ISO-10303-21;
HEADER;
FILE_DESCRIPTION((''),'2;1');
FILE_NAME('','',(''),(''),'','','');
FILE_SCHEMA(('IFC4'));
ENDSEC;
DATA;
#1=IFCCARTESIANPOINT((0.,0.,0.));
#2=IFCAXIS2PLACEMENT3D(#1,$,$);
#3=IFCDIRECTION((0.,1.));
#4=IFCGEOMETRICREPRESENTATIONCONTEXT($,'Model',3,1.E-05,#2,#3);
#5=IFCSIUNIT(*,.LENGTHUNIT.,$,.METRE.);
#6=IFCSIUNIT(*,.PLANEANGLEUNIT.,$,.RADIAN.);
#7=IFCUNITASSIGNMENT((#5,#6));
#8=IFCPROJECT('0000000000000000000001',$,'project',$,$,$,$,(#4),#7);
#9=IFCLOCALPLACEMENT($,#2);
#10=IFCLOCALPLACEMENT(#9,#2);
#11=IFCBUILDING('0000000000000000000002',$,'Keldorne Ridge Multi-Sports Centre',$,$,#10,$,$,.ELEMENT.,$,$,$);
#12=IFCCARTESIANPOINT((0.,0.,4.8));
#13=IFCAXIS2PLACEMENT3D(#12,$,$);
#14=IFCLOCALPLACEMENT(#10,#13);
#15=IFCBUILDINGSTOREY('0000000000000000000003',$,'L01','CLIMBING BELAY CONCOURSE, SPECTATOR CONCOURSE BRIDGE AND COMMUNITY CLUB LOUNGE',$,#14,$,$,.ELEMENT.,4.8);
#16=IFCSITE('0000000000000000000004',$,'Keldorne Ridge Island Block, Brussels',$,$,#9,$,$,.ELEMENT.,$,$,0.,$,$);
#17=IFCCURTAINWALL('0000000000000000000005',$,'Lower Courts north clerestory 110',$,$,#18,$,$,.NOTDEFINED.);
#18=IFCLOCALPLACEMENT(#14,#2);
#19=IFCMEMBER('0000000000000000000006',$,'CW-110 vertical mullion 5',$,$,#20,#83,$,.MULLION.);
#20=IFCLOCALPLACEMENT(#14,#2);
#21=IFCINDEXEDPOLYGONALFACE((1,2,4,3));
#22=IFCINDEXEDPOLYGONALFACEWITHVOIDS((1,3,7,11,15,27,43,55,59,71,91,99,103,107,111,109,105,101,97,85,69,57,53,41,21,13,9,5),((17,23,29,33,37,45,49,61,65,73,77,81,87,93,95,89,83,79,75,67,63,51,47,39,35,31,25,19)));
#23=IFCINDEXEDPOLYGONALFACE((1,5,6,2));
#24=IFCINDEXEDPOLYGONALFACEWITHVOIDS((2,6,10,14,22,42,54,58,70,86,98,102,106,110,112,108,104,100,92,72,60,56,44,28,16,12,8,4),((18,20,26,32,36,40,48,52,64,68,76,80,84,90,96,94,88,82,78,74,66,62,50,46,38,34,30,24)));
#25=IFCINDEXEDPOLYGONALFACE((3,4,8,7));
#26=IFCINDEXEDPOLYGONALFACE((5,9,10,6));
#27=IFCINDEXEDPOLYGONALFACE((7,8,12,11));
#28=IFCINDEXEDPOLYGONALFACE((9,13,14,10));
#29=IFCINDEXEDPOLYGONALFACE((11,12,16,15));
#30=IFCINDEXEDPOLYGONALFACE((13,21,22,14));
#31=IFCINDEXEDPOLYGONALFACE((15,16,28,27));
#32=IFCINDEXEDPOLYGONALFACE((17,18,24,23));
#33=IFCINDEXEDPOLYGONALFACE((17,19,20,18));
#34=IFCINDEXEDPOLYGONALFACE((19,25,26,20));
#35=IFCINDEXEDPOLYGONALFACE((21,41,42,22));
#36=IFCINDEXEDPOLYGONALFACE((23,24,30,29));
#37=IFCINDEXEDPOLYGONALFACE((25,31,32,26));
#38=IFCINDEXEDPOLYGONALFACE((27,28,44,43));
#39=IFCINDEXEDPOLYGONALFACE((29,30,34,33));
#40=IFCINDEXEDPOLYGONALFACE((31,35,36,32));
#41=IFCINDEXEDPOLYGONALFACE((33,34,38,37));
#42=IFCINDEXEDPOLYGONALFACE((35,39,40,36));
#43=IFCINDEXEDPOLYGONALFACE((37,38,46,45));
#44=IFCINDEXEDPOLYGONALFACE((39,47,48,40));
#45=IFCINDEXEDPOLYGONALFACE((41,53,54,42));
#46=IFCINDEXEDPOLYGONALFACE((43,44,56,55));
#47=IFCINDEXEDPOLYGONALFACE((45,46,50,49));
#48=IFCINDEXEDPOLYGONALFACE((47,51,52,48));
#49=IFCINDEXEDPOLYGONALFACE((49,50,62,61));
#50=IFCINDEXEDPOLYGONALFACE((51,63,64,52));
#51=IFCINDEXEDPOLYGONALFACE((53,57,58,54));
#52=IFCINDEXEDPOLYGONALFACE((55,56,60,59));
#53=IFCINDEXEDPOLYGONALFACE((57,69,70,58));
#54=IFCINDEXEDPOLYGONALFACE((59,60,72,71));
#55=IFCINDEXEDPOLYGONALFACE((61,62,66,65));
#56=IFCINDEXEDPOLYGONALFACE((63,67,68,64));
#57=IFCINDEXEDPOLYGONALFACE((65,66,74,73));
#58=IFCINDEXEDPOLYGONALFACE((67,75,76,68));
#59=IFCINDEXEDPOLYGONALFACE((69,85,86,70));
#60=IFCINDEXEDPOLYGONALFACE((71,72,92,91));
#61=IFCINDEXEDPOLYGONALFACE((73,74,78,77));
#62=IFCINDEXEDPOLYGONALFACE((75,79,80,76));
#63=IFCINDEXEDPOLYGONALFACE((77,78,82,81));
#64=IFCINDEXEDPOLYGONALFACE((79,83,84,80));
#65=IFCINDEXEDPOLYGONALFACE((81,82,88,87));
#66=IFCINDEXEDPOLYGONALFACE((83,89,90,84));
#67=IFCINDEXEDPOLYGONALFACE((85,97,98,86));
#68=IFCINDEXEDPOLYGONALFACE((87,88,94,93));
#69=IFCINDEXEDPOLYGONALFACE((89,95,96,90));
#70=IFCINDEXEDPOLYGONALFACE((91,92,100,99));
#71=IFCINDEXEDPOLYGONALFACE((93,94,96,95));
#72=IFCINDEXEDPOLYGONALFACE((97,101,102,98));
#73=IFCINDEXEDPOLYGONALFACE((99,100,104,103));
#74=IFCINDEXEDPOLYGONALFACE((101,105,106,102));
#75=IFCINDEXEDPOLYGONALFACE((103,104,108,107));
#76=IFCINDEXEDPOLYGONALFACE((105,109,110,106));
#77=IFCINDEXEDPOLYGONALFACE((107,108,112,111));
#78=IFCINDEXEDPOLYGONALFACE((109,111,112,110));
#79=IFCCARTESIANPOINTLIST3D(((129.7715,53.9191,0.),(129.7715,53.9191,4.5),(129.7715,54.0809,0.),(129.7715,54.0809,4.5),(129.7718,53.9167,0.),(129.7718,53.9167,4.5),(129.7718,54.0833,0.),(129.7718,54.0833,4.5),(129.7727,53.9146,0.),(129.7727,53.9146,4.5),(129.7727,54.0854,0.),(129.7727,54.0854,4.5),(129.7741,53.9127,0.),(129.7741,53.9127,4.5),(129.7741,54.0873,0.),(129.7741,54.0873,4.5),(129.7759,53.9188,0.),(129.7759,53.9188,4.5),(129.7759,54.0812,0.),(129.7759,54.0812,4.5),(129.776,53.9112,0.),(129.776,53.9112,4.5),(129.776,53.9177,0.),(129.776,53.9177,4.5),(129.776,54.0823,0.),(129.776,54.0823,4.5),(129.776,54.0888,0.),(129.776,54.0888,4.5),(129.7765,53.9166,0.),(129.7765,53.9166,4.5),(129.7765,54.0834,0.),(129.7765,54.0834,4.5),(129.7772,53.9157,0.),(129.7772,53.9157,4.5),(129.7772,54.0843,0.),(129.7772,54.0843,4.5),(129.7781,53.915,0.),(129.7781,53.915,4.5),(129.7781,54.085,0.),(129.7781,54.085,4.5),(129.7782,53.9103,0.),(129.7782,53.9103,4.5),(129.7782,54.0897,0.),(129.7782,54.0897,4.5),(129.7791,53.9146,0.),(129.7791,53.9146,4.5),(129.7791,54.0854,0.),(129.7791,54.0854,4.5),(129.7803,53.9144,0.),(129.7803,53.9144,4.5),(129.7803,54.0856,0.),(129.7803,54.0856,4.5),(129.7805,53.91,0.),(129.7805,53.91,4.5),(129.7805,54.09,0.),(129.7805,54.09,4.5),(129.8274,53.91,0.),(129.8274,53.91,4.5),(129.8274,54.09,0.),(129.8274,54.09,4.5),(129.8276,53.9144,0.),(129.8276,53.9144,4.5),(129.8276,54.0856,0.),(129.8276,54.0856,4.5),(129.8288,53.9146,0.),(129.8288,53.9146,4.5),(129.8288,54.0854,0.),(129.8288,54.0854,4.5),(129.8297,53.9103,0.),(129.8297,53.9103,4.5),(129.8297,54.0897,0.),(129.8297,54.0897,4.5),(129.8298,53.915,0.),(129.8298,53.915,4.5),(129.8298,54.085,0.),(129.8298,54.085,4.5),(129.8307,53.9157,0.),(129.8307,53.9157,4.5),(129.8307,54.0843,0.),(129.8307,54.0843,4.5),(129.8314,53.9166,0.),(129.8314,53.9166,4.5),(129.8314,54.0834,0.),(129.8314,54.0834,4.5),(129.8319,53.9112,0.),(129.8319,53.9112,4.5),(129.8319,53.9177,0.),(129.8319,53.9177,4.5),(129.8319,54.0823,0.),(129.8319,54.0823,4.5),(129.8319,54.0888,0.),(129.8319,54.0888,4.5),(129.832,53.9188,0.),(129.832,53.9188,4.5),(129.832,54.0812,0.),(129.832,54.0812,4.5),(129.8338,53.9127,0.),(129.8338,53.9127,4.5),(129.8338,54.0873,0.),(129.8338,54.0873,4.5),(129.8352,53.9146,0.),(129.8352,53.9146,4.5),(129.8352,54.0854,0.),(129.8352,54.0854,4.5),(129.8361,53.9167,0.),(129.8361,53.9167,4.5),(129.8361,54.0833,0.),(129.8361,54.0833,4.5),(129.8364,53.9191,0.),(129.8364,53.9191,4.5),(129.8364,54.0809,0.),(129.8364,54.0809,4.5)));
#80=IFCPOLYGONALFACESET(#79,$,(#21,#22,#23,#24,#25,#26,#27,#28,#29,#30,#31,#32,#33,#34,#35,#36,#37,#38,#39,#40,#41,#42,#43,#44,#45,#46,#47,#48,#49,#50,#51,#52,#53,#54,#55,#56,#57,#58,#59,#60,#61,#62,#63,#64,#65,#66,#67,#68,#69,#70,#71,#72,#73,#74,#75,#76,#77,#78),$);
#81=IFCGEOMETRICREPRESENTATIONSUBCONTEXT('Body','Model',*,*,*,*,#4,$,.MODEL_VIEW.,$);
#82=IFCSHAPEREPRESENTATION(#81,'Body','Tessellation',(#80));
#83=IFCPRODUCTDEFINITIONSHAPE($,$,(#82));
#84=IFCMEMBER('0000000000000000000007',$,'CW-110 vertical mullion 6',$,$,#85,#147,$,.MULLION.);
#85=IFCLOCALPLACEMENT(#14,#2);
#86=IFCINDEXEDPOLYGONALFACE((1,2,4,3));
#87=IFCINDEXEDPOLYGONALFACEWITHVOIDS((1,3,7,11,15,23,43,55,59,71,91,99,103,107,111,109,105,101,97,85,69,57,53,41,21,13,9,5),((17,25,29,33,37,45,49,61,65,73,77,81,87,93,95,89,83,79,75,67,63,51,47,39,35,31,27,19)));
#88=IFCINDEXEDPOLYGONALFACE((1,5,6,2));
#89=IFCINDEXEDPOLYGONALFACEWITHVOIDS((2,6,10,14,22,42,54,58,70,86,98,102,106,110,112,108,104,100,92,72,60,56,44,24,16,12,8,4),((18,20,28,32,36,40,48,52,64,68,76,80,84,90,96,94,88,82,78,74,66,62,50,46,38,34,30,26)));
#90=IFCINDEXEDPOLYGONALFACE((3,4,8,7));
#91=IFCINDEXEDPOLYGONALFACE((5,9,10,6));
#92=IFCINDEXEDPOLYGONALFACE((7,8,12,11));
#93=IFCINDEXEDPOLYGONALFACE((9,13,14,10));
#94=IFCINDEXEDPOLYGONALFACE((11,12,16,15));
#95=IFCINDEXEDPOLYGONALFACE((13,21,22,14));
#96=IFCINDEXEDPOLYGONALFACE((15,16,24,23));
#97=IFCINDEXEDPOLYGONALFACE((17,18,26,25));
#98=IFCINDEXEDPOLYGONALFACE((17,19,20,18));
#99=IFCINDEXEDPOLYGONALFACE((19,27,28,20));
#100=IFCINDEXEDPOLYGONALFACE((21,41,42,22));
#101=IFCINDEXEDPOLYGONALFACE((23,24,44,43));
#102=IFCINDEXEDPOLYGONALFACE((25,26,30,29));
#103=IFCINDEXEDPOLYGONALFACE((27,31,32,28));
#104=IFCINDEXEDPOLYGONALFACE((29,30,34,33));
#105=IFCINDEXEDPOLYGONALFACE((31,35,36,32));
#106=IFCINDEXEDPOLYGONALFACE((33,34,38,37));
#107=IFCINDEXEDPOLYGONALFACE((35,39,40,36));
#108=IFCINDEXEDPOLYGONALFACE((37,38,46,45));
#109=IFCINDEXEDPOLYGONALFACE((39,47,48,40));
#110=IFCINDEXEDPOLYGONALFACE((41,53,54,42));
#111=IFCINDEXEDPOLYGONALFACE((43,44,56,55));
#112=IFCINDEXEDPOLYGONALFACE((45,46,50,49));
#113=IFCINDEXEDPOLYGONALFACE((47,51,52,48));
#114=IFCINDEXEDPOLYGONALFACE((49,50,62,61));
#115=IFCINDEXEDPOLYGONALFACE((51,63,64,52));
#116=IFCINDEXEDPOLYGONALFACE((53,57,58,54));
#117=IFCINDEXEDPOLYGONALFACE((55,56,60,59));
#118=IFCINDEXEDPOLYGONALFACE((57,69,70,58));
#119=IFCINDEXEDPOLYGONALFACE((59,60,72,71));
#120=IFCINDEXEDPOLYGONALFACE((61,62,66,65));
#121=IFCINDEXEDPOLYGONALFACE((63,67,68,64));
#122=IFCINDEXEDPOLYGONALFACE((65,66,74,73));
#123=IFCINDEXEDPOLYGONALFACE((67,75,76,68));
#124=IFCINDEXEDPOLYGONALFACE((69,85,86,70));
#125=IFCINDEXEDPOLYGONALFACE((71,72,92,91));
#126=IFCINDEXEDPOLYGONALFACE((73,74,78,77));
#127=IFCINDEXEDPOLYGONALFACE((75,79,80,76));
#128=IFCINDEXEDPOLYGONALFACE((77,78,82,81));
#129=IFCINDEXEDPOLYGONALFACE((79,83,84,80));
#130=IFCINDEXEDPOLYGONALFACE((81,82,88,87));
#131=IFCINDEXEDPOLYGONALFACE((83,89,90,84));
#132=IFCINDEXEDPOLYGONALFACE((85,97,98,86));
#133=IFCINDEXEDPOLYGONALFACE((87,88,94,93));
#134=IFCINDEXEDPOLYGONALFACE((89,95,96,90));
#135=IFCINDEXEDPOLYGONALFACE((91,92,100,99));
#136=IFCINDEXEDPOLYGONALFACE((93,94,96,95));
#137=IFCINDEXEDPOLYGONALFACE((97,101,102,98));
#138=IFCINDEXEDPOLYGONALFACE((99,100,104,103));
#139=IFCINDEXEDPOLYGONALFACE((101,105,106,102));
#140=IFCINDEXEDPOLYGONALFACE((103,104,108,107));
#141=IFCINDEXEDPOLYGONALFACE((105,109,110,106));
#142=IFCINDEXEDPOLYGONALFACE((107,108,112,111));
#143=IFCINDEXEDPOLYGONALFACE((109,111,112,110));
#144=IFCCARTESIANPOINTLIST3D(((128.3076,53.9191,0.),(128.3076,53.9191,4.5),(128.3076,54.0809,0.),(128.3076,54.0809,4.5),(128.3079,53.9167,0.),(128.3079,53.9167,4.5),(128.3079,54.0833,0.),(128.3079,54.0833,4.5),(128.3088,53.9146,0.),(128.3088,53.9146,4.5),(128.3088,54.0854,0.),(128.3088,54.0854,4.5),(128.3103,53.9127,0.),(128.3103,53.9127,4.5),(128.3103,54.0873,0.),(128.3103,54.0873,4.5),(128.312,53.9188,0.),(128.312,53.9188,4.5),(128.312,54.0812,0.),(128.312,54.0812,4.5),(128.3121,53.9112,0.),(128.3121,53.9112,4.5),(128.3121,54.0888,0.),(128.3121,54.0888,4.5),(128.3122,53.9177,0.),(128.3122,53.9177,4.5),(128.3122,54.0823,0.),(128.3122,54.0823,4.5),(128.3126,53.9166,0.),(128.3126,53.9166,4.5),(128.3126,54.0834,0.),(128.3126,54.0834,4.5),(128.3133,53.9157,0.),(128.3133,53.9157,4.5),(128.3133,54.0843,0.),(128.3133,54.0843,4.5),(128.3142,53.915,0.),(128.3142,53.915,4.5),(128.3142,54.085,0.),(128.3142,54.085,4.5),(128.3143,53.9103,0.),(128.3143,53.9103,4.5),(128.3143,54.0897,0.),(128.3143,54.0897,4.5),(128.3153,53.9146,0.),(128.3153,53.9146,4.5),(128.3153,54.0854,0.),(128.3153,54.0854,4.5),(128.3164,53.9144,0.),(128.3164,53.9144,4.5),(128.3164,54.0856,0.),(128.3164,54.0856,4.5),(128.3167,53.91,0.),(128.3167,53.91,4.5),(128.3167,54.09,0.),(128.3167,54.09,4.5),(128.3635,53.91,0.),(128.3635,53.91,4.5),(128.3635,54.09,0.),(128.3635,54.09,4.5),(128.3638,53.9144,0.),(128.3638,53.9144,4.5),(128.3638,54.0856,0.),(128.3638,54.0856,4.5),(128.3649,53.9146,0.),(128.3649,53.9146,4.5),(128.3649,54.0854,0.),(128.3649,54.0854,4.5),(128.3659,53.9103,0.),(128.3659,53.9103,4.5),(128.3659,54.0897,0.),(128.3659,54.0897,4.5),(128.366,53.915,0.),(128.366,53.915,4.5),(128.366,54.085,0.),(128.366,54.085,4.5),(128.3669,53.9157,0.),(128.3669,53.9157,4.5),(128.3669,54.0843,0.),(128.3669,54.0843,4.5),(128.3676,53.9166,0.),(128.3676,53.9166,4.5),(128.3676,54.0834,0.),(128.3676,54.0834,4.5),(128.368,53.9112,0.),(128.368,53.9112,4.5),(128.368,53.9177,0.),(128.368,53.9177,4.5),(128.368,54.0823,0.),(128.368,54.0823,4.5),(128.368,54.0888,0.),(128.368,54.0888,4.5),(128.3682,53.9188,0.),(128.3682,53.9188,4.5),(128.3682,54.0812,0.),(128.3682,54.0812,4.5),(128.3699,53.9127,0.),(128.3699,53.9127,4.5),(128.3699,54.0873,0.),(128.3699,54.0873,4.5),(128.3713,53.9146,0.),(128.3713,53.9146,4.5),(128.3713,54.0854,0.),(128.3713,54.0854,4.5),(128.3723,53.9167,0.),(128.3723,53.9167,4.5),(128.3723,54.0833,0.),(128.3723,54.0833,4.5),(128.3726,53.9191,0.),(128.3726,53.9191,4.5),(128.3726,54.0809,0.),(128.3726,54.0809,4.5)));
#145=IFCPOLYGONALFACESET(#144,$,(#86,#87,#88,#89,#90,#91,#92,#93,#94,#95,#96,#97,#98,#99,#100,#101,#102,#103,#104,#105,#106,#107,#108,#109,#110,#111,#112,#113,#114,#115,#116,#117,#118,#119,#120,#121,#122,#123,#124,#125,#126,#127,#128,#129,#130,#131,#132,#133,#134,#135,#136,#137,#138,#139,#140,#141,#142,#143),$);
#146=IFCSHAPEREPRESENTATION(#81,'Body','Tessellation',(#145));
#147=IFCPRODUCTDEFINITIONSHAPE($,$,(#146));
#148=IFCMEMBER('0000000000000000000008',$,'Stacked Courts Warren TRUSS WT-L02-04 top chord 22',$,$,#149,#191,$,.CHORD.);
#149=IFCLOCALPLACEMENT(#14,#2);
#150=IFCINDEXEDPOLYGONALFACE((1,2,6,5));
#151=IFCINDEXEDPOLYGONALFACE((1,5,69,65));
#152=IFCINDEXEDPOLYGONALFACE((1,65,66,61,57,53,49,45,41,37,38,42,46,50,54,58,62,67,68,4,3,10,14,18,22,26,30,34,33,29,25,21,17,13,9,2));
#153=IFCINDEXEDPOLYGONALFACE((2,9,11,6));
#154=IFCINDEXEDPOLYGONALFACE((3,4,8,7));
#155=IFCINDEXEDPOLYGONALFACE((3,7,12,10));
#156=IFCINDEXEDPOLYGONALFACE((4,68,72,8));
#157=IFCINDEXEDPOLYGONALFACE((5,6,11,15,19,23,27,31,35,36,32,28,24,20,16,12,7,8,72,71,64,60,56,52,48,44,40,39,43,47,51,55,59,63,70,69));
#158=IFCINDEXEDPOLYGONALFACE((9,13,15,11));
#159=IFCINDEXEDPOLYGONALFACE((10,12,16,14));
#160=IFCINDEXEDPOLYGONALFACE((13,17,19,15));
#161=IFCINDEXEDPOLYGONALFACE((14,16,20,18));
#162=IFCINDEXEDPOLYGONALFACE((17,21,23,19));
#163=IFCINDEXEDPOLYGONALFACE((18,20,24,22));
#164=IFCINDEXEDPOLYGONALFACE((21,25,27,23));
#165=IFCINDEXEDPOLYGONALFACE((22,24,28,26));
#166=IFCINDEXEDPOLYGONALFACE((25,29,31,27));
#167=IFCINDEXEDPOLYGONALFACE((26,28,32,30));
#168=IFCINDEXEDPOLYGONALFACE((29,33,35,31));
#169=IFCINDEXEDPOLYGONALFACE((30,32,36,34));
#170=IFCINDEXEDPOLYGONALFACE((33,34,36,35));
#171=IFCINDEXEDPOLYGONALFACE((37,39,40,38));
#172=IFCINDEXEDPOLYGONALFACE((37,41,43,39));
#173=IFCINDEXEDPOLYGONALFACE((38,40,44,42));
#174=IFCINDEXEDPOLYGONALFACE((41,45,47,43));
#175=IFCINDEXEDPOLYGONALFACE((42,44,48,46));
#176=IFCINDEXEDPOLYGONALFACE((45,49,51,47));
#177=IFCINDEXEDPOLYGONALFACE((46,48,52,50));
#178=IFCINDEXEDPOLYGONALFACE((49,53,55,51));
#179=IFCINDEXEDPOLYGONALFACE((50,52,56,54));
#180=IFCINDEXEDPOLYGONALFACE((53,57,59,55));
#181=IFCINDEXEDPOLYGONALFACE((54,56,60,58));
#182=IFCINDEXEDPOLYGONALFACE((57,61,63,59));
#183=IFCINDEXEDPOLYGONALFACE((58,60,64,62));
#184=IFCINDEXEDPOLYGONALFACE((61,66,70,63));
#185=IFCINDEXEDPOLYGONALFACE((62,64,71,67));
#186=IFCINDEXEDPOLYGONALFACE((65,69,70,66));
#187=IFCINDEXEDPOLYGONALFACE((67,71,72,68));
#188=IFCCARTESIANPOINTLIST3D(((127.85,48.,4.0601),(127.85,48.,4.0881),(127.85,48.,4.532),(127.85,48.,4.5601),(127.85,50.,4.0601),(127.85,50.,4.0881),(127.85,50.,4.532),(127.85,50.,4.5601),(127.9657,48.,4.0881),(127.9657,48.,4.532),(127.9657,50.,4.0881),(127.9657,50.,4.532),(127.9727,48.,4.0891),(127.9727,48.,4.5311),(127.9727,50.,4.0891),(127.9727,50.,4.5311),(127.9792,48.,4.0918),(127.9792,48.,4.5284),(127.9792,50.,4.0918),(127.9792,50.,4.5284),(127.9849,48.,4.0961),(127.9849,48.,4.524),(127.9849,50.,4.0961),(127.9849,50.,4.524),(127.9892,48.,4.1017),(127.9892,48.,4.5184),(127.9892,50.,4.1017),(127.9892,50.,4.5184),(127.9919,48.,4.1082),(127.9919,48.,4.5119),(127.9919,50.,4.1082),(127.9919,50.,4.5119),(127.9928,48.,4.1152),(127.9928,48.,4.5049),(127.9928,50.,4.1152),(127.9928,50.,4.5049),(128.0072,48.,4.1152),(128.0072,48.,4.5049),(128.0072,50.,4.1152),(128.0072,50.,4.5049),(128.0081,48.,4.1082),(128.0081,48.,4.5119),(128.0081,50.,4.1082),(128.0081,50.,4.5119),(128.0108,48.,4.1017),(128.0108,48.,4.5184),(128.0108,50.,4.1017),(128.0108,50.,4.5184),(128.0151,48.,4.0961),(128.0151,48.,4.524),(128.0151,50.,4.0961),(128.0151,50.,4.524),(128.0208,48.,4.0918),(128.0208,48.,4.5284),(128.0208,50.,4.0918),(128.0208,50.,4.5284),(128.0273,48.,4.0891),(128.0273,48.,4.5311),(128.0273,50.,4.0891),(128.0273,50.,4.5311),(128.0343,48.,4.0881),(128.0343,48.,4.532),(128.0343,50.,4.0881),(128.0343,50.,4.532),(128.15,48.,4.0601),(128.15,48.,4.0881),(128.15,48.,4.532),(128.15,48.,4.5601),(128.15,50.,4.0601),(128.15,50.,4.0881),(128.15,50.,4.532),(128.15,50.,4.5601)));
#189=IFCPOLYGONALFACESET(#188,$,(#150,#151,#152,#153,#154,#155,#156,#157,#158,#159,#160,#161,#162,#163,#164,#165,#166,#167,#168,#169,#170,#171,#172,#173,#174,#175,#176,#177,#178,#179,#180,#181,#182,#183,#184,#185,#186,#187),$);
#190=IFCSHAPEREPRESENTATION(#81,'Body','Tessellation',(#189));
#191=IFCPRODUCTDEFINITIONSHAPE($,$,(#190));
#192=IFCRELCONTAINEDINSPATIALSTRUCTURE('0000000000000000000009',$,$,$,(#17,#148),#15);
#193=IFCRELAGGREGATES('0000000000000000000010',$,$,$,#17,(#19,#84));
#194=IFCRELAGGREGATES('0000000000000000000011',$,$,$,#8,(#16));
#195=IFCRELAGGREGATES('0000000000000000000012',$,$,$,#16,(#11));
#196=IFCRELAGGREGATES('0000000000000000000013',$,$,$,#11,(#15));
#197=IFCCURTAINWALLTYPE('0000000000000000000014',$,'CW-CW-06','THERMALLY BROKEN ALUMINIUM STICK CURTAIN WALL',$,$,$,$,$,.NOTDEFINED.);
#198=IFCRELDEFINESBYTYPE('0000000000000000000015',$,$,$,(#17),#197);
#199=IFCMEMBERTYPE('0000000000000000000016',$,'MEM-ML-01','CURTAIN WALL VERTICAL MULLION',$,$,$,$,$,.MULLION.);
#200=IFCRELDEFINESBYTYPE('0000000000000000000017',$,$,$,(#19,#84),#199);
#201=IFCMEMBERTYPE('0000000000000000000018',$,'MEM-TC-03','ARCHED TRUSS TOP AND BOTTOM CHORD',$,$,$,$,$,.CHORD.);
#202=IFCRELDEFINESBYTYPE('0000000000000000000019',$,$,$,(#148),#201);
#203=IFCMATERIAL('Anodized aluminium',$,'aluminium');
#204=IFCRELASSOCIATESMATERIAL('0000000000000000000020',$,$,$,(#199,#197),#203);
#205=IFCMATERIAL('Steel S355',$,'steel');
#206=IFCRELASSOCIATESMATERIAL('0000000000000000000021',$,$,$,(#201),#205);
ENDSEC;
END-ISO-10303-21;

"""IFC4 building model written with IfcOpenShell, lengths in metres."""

from ifc_helpers import new_model, si_unit, direction, frame, origin, origin_2d, place, context, subcontext, project, spatial, hollow_rectangle, i_section, extrude, material, material_profile, profile_set, type_object, element, aggregate, save


model = new_model("IFC4")

# Units and contexts
model_context = context("Model", 3, precision=1e-05, world=origin(), true_north=direction((0.0, 1.0)))
body_context = subcontext(model_context, "Body", "Model", "MODEL_VIEW")
ifc_project = project(units=[si_unit("LENGTHUNIT", "METRE"), si_unit("PLANEANGLEUNIT", "RADIAN")], contexts=[model_context])

# Site, building, storey
site_placement = place(None, origin())
site = spatial("IfcSite", under=ifc_project, at=site_placement, Name="Keldorne Ridge Island Block, Brussels", CompositionType="ELEMENT", RefElevation=0.0)
building_placement = place(site_placement, origin())
building = spatial("IfcBuilding", under=site, at=building_placement, Name="Keldorne Ridge Multi-Sports Centre", CompositionType="ELEMENT")
storey_placement = place(building_placement, frame((0.0, 0.0, 4.8)))
storey = spatial("IfcBuildingStorey", under=building, at=storey_placement, Name="L01", Description="CLIMBING BELAY CONCOURSE, SPECTATOR CONCOURSE BRIDGE AND COMMUNITY CLUB LOUNGE", CompositionType="ELEMENT", Elevation=4.8)

# Shared definitions
ifc_material_1 = material(Name="Steel S355", Category="steel")

# Shared definitions
ifc_material_2 = material(Name="Anodized aluminium", Category="aluminium")
ifc_material_profile_1 = material_profile(ifc_material_2, hollow_rectangle(XDim=0.0649, YDim=0.1799, WallThickness=0.0044, InnerFilletRadius=0.0044, OuterFilletRadius=0.009, at=origin_2d()), Name="ALU MULLION 180x65x4.5")
ifc_profile_set_1 = profile_set([ifc_material_profile_1], Name="Anodized aluminium")
member_type_1 = type_object("IfcMemberType", Name="MEM-ML-01", Description="CURTAIN WALL VERTICAL MULLION", PredefinedType="MULLION", material=ifc_profile_set_1)

# Curtain wall, members
curtain_wall_type_1 = type_object("IfcCurtainWallType", Name="CW-CW-06", Description="THERMALLY BROKEN ALUMINIUM STICK CURTAIN WALL", PredefinedType="NOTDEFINED", material=ifc_material_2)
curtain_wall_1_placement = place(storey_placement, origin())
curtain_wall_1 = element("IfcCurtainWall", 1, at=curtain_wall_1_placement, inside=storey, type_object=curtain_wall_type_1, Name="Lower Courts north clerestory 110", PredefinedType="NOTDEFINED")
member_1_placement = place(storey_placement, frame((129.804, 54.0, 0.0), z_axis=(0.0, 0.0, 1.0), x_axis=(1.0, 0.0, 0.0)))
member_1 = element("IfcMember", 2, at=member_1_placement, type_object=member_type_1, Name="CW-110 vertical mullion 5", PredefinedType="MULLION", context=body_context, shape_type="SweptSolid", body=[
    extrude(hollow_rectangle(XDim=0.0649, YDim=0.1799, WallThickness=0.0044, InnerFilletRadius=0.0044, OuterFilletRadius=0.009, at=origin_2d()), origin(), (0.0, 0.0, 1.0), 4.5),
])
member_2_placement = place(storey_placement, frame((128.3401, 54.0, 0.0), z_axis=(0.0, 0.0, 1.0), x_axis=(1.0, 0.0, 0.0)))
member_2 = element("IfcMember", 3, at=member_2_placement, type_object=member_type_1, Name="CW-110 vertical mullion 6", PredefinedType="MULLION", context=body_context, shape_type="SweptSolid", body=[
    extrude(hollow_rectangle(XDim=0.0649, YDim=0.1799, WallThickness=0.0044, InnerFilletRadius=0.0044, OuterFilletRadius=0.009, at=origin_2d()), origin(), (0.0, 0.0, 1.0), 4.5),
])

# Member
ifc_material_profile_2 = material_profile(ifc_material_1, i_section(OverallWidth=0.3, OverallDepth=0.5, WebThickness=0.0144, FlangeThickness=0.0281, FilletRadius=0.0271, at=origin_2d()), Name="HEB 500")
ifc_profile_set_2 = profile_set([ifc_material_profile_2], Name="Steel S355")
member_type_2 = type_object("IfcMemberType", Name="MEM-TC-03", Description="ARCHED TRUSS TOP AND BOTTOM CHORD", PredefinedType="CHORD", material=ifc_profile_set_2)
for number, where, z_axis, x_axis, name in (
    (4, (128.0, 48.0, 4.3101), (0.0, 1.0, 0.0), (-1.0, 0.0, 0.0), "Stacked Courts Warren TRUSS WT-L02-04 top chord 22"),
):
    element("IfcMember", number, at=place(storey_placement, frame(where, z_axis=z_axis, x_axis=x_axis)), inside=storey, type_object=member_type_2, Name=name, PredefinedType="CHORD", context=body_context, shape_type="SweptSolid", body=[
        extrude(i_section(OverallWidth=0.3, OverallDepth=0.5, WebThickness=0.0144, FlangeThickness=0.0281, FilletRadius=0.0271, at=origin_2d()), origin(), (0.0, 0.0, 1.0), 2.0),
    ])

aggregate(curtain_wall_1, [member_1, member_2])

save(model, "model.ifc")
